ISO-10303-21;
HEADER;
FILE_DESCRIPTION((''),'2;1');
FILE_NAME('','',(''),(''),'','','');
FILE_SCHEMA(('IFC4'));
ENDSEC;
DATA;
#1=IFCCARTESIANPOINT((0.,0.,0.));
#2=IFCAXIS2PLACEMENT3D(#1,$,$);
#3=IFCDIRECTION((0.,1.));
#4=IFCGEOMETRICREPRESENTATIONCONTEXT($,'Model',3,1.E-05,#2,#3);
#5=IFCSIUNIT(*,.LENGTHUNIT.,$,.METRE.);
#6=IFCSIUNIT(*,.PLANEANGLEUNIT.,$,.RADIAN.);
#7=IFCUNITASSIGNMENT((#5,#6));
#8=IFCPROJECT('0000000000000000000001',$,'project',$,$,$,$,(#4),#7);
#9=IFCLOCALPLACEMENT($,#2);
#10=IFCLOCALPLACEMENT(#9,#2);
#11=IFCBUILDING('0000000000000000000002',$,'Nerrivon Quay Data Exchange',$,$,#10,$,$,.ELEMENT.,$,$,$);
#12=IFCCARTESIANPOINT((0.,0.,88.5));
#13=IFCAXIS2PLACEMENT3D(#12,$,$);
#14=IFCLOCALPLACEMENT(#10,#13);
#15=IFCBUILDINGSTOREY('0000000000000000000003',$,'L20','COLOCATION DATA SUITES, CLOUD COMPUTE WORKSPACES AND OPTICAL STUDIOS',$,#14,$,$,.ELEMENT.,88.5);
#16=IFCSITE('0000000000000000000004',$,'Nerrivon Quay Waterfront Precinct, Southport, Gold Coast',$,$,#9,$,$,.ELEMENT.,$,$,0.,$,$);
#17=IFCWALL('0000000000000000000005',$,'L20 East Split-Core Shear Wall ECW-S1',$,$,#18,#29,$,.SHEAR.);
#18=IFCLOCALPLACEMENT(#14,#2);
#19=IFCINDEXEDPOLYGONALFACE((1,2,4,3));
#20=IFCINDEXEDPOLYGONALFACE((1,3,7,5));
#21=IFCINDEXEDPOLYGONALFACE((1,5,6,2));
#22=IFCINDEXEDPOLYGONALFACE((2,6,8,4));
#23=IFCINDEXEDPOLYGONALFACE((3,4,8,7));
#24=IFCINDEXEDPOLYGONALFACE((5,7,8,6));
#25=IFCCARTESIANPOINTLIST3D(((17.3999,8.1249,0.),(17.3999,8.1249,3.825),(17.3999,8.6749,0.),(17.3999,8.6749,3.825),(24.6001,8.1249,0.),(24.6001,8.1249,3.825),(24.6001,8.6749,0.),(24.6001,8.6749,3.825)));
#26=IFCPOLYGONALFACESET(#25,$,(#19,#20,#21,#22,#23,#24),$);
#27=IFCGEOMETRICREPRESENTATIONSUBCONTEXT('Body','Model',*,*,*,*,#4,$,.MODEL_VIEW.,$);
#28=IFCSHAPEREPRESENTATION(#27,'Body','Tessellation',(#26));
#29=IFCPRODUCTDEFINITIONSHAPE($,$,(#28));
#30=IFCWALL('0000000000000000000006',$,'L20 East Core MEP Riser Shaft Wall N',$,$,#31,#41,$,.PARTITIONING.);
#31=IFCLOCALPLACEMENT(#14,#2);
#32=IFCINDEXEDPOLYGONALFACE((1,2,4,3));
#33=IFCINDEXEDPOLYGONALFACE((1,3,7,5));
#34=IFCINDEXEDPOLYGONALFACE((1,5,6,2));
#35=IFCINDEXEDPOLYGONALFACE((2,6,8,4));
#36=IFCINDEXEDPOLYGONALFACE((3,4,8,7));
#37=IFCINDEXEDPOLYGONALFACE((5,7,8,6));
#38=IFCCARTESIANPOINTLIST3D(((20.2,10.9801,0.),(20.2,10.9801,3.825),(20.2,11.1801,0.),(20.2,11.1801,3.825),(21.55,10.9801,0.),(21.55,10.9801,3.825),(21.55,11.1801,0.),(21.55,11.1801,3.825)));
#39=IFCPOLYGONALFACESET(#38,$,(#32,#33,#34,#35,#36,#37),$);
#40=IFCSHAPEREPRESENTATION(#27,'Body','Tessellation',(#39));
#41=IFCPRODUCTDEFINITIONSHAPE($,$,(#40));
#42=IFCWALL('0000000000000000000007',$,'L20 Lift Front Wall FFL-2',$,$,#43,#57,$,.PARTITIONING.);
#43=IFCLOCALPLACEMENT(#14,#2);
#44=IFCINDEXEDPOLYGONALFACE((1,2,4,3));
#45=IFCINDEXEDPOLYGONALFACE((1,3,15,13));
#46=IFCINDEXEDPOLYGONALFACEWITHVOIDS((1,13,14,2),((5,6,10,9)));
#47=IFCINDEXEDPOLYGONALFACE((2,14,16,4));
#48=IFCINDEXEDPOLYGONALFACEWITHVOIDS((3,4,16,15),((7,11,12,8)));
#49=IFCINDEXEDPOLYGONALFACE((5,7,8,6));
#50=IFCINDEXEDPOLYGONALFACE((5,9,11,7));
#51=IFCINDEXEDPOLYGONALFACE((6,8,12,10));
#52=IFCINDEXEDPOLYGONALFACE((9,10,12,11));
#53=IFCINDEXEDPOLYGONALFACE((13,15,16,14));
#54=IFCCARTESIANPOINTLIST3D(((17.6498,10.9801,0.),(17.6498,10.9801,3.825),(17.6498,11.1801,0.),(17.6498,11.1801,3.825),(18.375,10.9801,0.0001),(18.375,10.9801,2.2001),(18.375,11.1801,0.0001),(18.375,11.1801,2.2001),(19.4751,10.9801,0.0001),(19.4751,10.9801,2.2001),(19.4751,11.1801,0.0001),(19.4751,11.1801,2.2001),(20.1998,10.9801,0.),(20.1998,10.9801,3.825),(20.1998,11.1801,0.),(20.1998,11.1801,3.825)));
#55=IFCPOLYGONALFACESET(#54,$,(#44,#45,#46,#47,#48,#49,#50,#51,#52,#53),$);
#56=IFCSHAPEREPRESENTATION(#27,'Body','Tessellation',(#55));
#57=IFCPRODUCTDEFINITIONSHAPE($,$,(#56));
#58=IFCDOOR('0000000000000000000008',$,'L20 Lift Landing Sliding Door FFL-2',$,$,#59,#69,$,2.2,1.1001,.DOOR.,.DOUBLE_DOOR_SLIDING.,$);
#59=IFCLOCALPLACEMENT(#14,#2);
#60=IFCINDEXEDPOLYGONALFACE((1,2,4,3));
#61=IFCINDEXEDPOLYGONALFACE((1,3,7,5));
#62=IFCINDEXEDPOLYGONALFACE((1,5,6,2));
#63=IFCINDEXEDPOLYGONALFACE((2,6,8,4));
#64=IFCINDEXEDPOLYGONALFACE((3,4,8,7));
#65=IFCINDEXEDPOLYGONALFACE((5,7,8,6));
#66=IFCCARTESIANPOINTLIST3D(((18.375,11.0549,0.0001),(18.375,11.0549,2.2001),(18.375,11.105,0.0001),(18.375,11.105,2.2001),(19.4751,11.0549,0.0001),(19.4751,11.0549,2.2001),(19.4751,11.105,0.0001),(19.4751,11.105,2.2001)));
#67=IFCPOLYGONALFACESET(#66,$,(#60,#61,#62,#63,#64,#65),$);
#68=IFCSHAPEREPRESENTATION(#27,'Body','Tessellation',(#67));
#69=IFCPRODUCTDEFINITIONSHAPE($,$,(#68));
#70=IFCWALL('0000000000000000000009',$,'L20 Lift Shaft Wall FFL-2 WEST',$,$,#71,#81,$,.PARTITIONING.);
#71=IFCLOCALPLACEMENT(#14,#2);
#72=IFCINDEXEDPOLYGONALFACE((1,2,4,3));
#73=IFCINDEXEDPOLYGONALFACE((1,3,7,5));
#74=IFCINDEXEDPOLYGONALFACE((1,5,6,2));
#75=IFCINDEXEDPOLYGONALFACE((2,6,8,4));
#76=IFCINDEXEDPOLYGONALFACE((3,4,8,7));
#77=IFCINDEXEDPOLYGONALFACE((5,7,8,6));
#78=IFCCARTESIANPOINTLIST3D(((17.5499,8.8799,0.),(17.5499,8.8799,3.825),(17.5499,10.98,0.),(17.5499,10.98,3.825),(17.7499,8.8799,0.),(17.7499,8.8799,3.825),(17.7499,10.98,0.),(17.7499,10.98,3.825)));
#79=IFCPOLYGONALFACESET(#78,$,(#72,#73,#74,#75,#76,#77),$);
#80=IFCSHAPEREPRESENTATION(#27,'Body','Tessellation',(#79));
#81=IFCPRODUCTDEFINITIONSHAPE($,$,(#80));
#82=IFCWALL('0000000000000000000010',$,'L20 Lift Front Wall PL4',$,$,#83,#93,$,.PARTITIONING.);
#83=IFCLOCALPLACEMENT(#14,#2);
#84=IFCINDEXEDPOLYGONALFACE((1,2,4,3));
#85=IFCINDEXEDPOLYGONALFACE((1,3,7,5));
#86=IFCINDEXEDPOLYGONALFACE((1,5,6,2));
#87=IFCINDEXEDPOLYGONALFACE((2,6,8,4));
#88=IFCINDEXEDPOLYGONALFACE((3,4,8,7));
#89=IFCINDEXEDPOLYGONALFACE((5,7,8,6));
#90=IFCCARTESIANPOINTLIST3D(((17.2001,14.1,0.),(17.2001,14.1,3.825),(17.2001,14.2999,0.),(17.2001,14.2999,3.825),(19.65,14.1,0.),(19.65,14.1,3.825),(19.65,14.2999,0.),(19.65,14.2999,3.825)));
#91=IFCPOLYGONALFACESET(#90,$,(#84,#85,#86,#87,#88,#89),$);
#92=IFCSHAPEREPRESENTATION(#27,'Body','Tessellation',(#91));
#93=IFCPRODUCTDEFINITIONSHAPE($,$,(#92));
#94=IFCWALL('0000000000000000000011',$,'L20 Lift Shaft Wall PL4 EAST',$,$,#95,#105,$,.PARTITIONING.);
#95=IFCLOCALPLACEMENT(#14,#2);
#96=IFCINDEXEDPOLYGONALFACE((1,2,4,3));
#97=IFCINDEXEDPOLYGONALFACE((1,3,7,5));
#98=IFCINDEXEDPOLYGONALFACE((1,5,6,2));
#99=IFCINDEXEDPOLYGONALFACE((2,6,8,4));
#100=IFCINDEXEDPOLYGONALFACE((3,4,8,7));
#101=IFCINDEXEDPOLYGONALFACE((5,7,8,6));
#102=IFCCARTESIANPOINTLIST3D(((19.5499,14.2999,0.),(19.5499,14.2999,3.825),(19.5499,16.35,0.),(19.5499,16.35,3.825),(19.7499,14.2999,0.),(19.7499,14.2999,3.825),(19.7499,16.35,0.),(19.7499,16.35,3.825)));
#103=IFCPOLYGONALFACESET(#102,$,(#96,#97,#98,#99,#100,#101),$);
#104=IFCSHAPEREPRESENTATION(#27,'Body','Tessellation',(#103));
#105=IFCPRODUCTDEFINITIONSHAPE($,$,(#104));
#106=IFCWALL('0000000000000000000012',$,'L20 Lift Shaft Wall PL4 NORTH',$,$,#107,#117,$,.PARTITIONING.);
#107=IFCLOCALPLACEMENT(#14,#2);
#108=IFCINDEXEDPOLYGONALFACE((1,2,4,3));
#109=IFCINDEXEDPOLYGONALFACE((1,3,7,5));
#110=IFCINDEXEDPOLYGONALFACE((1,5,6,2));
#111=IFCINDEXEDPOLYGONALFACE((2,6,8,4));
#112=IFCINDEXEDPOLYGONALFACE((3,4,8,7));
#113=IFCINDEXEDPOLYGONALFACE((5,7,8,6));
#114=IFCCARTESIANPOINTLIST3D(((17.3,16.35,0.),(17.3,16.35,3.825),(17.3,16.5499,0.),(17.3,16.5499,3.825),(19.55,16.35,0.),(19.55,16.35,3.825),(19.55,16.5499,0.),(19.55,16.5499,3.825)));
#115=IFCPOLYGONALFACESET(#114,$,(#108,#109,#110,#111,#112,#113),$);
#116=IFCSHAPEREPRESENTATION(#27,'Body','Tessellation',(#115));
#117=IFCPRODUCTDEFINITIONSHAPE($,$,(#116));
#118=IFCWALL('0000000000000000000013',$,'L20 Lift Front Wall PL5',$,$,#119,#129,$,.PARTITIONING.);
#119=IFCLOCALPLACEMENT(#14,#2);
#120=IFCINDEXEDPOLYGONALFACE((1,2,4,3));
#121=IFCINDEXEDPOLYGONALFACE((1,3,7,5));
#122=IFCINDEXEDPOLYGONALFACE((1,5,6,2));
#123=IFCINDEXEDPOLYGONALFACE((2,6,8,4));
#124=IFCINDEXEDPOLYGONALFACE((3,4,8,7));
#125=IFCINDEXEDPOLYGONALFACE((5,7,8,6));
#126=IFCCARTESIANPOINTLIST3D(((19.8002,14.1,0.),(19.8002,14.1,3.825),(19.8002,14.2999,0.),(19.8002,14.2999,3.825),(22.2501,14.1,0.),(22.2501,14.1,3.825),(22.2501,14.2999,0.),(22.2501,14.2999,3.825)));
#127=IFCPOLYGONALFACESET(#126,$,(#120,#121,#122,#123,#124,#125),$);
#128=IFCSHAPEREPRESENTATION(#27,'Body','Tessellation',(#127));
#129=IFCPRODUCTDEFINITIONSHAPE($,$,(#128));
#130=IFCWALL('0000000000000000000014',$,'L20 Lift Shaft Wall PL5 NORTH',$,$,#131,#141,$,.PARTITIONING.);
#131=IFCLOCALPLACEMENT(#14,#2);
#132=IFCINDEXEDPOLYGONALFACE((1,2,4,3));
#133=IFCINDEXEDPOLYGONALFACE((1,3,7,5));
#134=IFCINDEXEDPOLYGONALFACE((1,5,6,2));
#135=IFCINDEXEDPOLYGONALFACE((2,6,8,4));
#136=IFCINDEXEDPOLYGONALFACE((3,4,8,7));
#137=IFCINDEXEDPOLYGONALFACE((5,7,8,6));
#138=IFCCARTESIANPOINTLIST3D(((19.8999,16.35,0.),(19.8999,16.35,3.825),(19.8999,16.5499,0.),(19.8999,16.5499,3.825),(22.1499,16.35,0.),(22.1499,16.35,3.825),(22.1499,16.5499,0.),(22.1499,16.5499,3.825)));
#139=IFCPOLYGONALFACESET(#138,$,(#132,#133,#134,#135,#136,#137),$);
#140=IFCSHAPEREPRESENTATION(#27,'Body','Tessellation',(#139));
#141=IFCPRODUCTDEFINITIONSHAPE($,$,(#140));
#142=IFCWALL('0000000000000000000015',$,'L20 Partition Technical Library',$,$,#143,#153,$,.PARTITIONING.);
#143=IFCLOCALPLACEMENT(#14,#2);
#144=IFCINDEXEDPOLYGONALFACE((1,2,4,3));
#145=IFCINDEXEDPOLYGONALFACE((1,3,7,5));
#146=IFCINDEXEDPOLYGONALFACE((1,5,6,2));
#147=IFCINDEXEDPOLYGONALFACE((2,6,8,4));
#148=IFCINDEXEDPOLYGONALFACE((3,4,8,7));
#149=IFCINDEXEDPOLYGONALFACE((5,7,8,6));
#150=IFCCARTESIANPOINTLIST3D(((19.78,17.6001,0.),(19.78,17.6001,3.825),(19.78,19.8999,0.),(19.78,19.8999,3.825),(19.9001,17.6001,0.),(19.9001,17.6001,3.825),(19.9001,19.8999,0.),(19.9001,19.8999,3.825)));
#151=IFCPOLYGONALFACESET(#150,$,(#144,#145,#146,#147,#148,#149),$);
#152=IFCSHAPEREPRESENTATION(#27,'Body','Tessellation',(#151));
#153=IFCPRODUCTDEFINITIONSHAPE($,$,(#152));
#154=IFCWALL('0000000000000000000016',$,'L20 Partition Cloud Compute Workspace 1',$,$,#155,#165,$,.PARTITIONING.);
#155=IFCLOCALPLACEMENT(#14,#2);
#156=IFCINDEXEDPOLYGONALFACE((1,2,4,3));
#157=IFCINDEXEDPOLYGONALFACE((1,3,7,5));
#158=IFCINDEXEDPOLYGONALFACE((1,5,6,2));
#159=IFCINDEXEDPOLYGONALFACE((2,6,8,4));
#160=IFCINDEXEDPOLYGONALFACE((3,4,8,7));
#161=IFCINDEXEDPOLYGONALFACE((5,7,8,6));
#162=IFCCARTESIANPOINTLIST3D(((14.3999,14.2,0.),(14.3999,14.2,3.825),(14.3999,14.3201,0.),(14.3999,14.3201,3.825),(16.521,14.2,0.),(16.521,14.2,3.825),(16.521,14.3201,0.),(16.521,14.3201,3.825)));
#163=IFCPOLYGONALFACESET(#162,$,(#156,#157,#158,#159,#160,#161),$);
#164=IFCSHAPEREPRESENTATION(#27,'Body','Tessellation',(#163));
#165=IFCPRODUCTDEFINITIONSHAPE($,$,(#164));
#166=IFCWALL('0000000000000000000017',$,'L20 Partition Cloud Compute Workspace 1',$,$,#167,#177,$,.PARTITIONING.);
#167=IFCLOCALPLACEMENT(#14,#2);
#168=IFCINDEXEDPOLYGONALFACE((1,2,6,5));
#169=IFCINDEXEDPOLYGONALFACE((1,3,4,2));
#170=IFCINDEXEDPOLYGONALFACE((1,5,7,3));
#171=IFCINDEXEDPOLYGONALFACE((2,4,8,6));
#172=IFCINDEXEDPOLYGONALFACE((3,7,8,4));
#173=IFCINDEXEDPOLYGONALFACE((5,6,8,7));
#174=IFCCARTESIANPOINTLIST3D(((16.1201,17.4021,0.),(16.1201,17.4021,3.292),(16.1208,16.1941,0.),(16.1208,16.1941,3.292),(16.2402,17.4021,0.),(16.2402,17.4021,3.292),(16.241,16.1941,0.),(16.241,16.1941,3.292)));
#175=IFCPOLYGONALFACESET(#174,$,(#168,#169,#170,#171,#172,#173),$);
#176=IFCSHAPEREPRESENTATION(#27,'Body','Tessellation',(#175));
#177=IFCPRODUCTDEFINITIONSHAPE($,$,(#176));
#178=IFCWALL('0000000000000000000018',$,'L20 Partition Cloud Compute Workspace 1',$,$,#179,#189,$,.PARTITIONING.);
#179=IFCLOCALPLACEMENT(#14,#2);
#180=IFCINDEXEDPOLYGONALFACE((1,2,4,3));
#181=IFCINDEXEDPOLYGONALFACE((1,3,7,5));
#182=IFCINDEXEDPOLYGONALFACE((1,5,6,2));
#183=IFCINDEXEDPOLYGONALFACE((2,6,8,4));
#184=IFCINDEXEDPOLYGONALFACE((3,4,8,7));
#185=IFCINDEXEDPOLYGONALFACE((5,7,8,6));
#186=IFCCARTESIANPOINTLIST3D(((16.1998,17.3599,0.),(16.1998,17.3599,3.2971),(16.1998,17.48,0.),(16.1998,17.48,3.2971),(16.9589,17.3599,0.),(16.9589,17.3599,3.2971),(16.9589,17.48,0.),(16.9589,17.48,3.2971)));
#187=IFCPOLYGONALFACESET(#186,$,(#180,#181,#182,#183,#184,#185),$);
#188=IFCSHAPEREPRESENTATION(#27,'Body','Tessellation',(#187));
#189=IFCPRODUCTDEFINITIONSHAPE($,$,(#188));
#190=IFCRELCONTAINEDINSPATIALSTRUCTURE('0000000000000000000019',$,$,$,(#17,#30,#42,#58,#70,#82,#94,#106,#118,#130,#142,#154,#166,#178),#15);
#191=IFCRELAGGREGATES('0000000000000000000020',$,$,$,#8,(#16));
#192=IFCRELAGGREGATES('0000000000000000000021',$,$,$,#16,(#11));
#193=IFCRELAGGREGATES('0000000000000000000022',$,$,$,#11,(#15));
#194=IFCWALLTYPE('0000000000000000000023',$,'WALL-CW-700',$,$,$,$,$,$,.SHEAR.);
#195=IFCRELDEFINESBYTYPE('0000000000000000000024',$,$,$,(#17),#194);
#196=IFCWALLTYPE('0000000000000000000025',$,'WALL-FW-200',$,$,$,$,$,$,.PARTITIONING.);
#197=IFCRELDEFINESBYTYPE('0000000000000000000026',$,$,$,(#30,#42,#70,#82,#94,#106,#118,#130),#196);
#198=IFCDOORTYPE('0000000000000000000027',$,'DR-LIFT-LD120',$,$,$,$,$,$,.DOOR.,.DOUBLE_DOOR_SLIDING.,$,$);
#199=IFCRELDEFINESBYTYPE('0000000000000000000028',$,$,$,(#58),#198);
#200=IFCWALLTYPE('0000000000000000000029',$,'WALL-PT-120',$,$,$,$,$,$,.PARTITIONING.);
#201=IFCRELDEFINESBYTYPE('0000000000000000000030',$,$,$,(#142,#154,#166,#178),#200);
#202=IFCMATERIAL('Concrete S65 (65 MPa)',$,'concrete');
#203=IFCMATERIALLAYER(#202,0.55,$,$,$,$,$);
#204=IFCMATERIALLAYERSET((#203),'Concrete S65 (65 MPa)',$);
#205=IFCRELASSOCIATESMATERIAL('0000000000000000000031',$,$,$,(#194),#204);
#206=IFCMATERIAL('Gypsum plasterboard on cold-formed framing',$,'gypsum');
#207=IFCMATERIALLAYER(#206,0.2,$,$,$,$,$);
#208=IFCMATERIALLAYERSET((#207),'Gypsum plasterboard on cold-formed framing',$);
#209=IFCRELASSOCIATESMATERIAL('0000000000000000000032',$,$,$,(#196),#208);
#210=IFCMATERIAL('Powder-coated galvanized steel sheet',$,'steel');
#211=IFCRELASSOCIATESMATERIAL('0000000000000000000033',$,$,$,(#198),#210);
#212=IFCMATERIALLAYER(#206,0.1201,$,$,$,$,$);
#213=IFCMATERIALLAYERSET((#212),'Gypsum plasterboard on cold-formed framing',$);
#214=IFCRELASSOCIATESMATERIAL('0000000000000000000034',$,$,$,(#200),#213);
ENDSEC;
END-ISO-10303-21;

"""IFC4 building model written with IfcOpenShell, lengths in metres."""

from ifc_helpers import new_model, si_unit, direction, frame, frame_2d, origin, place, context, subcontext, project, spatial, rectangle, extrude, material, layer, layer_set, type_object, element, fill, save


model = new_model("IFC4")

# Units and contexts
model_context = context("Model", 3, precision=1e-05, world=origin(), true_north=direction((0.0, 1.0)))
body_context = subcontext(model_context, "Body", "Model", "MODEL_VIEW")
ifc_project = project(units=[si_unit("LENGTHUNIT", "METRE"), si_unit("PLANEANGLEUNIT", "RADIAN")], contexts=[model_context])

# Site, building, storey
site_placement = place(None, origin())
site = spatial("IfcSite", under=ifc_project, at=site_placement, Name="Nerrivon Quay Waterfront Precinct, Southport, Gold Coast", CompositionType="ELEMENT", RefElevation=0.0)
building_placement = place(site_placement, origin())
building = spatial("IfcBuilding", under=site, at=building_placement, Name="Nerrivon Quay Data Exchange", CompositionType="ELEMENT")
storey_placement = place(building_placement, frame((0.0, 0.0, 88.5)))
storey = spatial("IfcBuildingStorey", under=building, at=storey_placement, Name="L20", Description="COLOCATION DATA SUITES, CLOUD COMPUTE WORKSPACES AND OPTICAL STUDIOS", CompositionType="ELEMENT", Elevation=88.5)

# Shared definitions
ifc_material_1 = material(Name="Concrete S65 (65 MPa)", Category="concrete")

# Wall
ifc_layer_1 = layer(ifc_material_1, 0.55)
ifc_layer_set_1 = layer_set([ifc_layer_1], Name="Concrete S65 (65 MPa)")
wall_type_1 = type_object("IfcWallType", Name="WALL-CW-700", PredefinedType="SHEAR", material=ifc_layer_set_1)
wall_1_placement = place(storey_placement, frame((17.3999, 8.3999, 0.0), z_axis=(0.0, 0.0, 1.0), x_axis=(1.0, 0.0, 0.0)))
element("IfcWall", 1, at=wall_1_placement, inside=storey, type_object=wall_type_1, Name="L20 East Split-Core Shear Wall ECW-S1", PredefinedType="SHEAR", context=body_context, shape_type="SweptSolid", body=[
    extrude(rectangle(XDim=7.2002, YDim=0.55, at=frame_2d((3.6001, 0.0))), origin(), (0.0, 0.0, 1.0), 3.825),
])

# Shared definitions
ifc_material_2 = material(Name="Powder-coated galvanized steel sheet", Category="steel")

# Wall
ifc_material_3 = material(Name="Gypsum plasterboard on cold-formed framing", Category="gypsum")
ifc_layer_2 = layer(ifc_material_3, 0.2)
ifc_layer_set_2 = layer_set([ifc_layer_2], Name="Gypsum plasterboard on cold-formed framing")
wall_type_2 = type_object("IfcWallType", Name="WALL-FW-200", PredefinedType="PARTITIONING", material=ifc_layer_set_2)
wall_2_placement = place(storey_placement, frame((20.2, 11.0801, 0.0), z_axis=(0.0, 0.0, 1.0), x_axis=(1.0, 0.0, 0.0)))
element("IfcWall", 2, at=wall_2_placement, inside=storey, type_object=wall_type_2, Name="L20 East Core MEP Riser Shaft Wall N", PredefinedType="PARTITIONING", context=body_context, shape_type="SweptSolid", body=[
    extrude(rectangle(XDim=1.3501, YDim=0.2, at=frame_2d((0.675, 0.0))), origin(), (0.0, 0.0, 1.0), 3.825),
])

# Wall, opening, door
wall_3_placement = place(storey_placement, frame((17.6499, 11.0801, 0.0), z_axis=(0.0, 0.0, 1.0), x_axis=(1.0, 0.0, 0.0)))
wall_3 = element("IfcWall", 3, at=wall_3_placement, inside=storey, type_object=wall_type_2, Name="L20 Lift Front Wall FFL-2", PredefinedType="PARTITIONING", context=body_context, shape_type="SweptSolid", body=[
    extrude(rectangle(XDim=2.55, YDim=0.2, at=frame_2d((1.2749, 0.0))), origin(), (0.0, 0.0, 1.0), 3.825),
])
opening_1_placement = place(wall_3_placement, frame((0.7251, 0.0, 0.0)))
opening_1 = element("IfcOpeningElement", 4, at=opening_1_placement, cuts=wall_3, PredefinedType="OPENING", context=body_context, shape_type="SweptSolid", body=[
    extrude(rectangle(XDim=1.1001, YDim=2.2, at=frame_2d((0.55, 1.1001))), frame((0.0, 0.1099, 0.0), z_axis=(0.0, -1.0, 0.0), x_axis=(1.0, 0.0, 0.0)), (0.0, 0.0, 1.0), 0.22),
])
door_type_1 = type_object("IfcDoorType", Name="DR-LIFT-LD120", OperationType="DOUBLE_DOOR_SLIDING", PredefinedType="DOOR", material=ifc_material_2)
door_1_placement = place(opening_1_placement, origin())
door_1 = element("IfcDoor", 5, at=door_1_placement, inside=storey, type_object=door_type_1, Name="L20 Lift Landing Sliding Door FFL-2", OperationType="DOUBLE_DOOR_SLIDING", OverallHeight=2.2, OverallWidth=1.1001, PredefinedType="DOOR", context=body_context, shape_type="SweptSolid", body=[
    extrude(rectangle(XDim=1.1001, YDim=2.2, at=frame_2d((0.55, 1.1001))), frame((0.0, 0.0249, 0.0), z_axis=(0.0, -1.0, 0.0), x_axis=(1.0, 0.0, 0.0)), (0.0, 0.0, 1.0), 0.05),
])
fill(opening_1, door_1)

# Walls
wall_4_placement = place(storey_placement, frame((17.6499, 8.8799, 0.0), z_axis=(0.0, 0.0, 1.0), x_axis=(0.0, 1.0, 0.0)))
element("IfcWall", 6, at=wall_4_placement, inside=storey, type_object=wall_type_2, Name="L20 Lift Shaft Wall FFL-2 WEST", PredefinedType="PARTITIONING", context=body_context, shape_type="SweptSolid", body=[
    extrude(rectangle(XDim=2.1001, YDim=0.2, at=frame_2d((1.05, 0.0))), origin(), (0.0, 0.0, 1.0), 3.825),
])
wall_5_placement = place(storey_placement, frame((17.2, 14.2, 0.0), z_axis=(0.0, 0.0, 1.0), x_axis=(1.0, 0.0, 0.0)))
element("IfcWall", 7, at=wall_5_placement, inside=storey, type_object=wall_type_2, Name="L20 Lift Front Wall PL4", PredefinedType="PARTITIONING", context=body_context, shape_type="SweptSolid", body=[
    extrude(rectangle(XDim=2.45, YDim=0.2, at=frame_2d((1.2251, 0.0))), origin(), (0.0, 0.0, 1.0), 3.825),
])
wall_6_placement = place(storey_placement, frame((19.6499, 14.3, 0.0), z_axis=(0.0, 0.0, 1.0), x_axis=(0.0, 1.0, 0.0)))
element("IfcWall", 8, at=wall_6_placement, inside=storey, type_object=wall_type_2, Name="L20 Lift Shaft Wall PL4 EAST", PredefinedType="PARTITIONING", context=body_context, shape_type="SweptSolid", body=[
    extrude(rectangle(XDim=2.05, YDim=0.2, at=frame_2d((1.0249, 0.0))), origin(), (0.0, 0.0, 1.0), 3.825),
])
wall_7_placement = place(storey_placement, frame((17.3, 16.45, 0.0), z_axis=(0.0, 0.0, 1.0), x_axis=(1.0, 0.0, 0.0)))
element("IfcWall", 9, at=wall_7_placement, inside=storey, type_object=wall_type_2, Name="L20 Lift Shaft Wall PL4 NORTH", PredefinedType="PARTITIONING", context=body_context, shape_type="SweptSolid", body=[
    extrude(rectangle(XDim=2.25, YDim=0.2, at=frame_2d((1.125, 0.0))), origin(), (0.0, 0.0, 1.0), 3.825),
])
wall_8_placement = place(storey_placement, frame((19.8, 14.2, 0.0), z_axis=(0.0, 0.0, 1.0), x_axis=(1.0, 0.0, 0.0)))
element("IfcWall", 10, at=wall_8_placement, inside=storey, type_object=wall_type_2, Name="L20 Lift Front Wall PL5", PredefinedType="PARTITIONING", context=body_context, shape_type="SweptSolid", body=[
    extrude(rectangle(XDim=2.45, YDim=0.2, at=frame_2d((1.2251, 0.0))), origin(), (0.0, 0.0, 1.0), 3.825),
])
wall_9_placement = place(storey_placement, frame((19.8999, 16.45, 0.0), z_axis=(0.0, 0.0, 1.0), x_axis=(1.0, 0.0, 0.0)))
element("IfcWall", 11, at=wall_9_placement, inside=storey, type_object=wall_type_2, Name="L20 Lift Shaft Wall PL5 NORTH", PredefinedType="PARTITIONING", context=body_context, shape_type="SweptSolid", body=[
    extrude(rectangle(XDim=2.25, YDim=0.2, at=frame_2d((1.125, 0.0))), origin(), (0.0, 0.0, 1.0), 3.825),
])
ifc_layer_3 = layer(ifc_material_3, 0.1201)
ifc_layer_set_3 = layer_set([ifc_layer_3], Name="Gypsum plasterboard on cold-formed framing")
wall_type_3 = type_object("IfcWallType", Name="WALL-PT-120", PredefinedType="PARTITIONING", material=ifc_layer_set_3)
wall_10_placement = place(storey_placement, frame((19.8401, 17.6001, 0.0), z_axis=(0.0, 0.0, 1.0), x_axis=(0.0, 1.0, 0.0)))
element("IfcWall", 12, at=wall_10_placement, inside=storey, type_object=wall_type_3, Name="L20 Partition Technical Library", PredefinedType="PARTITIONING", context=body_context, shape_type="SweptSolid", body=[
    extrude(rectangle(XDim=2.2998, YDim=0.1201, at=frame_2d((1.1499, 0.0))), origin(), (0.0, 0.0, 1.0), 3.825),
])
wall_11_placement = place(storey_placement, frame((14.3999, 14.26, 0.0), z_axis=(0.0, 0.0, 1.0), x_axis=(1.0, 0.0, 0.0)))
element("IfcWall", 13, at=wall_11_placement, inside=storey, type_object=wall_type_3, Name="L20 Partition Cloud Compute Workspace 1", PredefinedType="PARTITIONING", context=body_context, shape_type="SweptSolid", body=[
    extrude(rectangle(XDim=2.1211, YDim=0.1201, at=frame_2d((1.0605, 0.0))), origin(), (0.0, 0.0, 1.0), 3.825),
])
wall_12_placement = place(storey_placement, frame((16.1809, 16.1941, 0.0), z_axis=(0.0, 0.0, 1.0), x_axis=(-0.000606, 1.0, 0.0)))
element("IfcWall", 14, at=wall_12_placement, inside=storey, type_object=wall_type_3, Name="L20 Partition Cloud Compute Workspace 1", PredefinedType="PARTITIONING", context=body_context, shape_type="SweptSolid", body=[
    extrude(rectangle(XDim=1.208, YDim=0.1201, at=frame_2d((0.604, 0.0))), origin(), (0.0, 0.0, 1.0), 3.292),
])
wall_13_placement = place(storey_placement, frame((16.2, 17.4199, 0.0), z_axis=(0.0, 0.0, 1.0), x_axis=(1.0, 0.0, 0.0)))
element("IfcWall", 15, at=wall_13_placement, inside=storey, type_object=wall_type_3, Name="L20 Partition Cloud Compute Workspace 1", PredefinedType="PARTITIONING", context=body_context, shape_type="SweptSolid", body=[
    extrude(rectangle(XDim=0.759, YDim=0.1201, at=frame_2d((0.3794, 0.0))), origin(), (0.0, 0.0, 1.0), 3.2971),
])

save(model, "model.ifc")
